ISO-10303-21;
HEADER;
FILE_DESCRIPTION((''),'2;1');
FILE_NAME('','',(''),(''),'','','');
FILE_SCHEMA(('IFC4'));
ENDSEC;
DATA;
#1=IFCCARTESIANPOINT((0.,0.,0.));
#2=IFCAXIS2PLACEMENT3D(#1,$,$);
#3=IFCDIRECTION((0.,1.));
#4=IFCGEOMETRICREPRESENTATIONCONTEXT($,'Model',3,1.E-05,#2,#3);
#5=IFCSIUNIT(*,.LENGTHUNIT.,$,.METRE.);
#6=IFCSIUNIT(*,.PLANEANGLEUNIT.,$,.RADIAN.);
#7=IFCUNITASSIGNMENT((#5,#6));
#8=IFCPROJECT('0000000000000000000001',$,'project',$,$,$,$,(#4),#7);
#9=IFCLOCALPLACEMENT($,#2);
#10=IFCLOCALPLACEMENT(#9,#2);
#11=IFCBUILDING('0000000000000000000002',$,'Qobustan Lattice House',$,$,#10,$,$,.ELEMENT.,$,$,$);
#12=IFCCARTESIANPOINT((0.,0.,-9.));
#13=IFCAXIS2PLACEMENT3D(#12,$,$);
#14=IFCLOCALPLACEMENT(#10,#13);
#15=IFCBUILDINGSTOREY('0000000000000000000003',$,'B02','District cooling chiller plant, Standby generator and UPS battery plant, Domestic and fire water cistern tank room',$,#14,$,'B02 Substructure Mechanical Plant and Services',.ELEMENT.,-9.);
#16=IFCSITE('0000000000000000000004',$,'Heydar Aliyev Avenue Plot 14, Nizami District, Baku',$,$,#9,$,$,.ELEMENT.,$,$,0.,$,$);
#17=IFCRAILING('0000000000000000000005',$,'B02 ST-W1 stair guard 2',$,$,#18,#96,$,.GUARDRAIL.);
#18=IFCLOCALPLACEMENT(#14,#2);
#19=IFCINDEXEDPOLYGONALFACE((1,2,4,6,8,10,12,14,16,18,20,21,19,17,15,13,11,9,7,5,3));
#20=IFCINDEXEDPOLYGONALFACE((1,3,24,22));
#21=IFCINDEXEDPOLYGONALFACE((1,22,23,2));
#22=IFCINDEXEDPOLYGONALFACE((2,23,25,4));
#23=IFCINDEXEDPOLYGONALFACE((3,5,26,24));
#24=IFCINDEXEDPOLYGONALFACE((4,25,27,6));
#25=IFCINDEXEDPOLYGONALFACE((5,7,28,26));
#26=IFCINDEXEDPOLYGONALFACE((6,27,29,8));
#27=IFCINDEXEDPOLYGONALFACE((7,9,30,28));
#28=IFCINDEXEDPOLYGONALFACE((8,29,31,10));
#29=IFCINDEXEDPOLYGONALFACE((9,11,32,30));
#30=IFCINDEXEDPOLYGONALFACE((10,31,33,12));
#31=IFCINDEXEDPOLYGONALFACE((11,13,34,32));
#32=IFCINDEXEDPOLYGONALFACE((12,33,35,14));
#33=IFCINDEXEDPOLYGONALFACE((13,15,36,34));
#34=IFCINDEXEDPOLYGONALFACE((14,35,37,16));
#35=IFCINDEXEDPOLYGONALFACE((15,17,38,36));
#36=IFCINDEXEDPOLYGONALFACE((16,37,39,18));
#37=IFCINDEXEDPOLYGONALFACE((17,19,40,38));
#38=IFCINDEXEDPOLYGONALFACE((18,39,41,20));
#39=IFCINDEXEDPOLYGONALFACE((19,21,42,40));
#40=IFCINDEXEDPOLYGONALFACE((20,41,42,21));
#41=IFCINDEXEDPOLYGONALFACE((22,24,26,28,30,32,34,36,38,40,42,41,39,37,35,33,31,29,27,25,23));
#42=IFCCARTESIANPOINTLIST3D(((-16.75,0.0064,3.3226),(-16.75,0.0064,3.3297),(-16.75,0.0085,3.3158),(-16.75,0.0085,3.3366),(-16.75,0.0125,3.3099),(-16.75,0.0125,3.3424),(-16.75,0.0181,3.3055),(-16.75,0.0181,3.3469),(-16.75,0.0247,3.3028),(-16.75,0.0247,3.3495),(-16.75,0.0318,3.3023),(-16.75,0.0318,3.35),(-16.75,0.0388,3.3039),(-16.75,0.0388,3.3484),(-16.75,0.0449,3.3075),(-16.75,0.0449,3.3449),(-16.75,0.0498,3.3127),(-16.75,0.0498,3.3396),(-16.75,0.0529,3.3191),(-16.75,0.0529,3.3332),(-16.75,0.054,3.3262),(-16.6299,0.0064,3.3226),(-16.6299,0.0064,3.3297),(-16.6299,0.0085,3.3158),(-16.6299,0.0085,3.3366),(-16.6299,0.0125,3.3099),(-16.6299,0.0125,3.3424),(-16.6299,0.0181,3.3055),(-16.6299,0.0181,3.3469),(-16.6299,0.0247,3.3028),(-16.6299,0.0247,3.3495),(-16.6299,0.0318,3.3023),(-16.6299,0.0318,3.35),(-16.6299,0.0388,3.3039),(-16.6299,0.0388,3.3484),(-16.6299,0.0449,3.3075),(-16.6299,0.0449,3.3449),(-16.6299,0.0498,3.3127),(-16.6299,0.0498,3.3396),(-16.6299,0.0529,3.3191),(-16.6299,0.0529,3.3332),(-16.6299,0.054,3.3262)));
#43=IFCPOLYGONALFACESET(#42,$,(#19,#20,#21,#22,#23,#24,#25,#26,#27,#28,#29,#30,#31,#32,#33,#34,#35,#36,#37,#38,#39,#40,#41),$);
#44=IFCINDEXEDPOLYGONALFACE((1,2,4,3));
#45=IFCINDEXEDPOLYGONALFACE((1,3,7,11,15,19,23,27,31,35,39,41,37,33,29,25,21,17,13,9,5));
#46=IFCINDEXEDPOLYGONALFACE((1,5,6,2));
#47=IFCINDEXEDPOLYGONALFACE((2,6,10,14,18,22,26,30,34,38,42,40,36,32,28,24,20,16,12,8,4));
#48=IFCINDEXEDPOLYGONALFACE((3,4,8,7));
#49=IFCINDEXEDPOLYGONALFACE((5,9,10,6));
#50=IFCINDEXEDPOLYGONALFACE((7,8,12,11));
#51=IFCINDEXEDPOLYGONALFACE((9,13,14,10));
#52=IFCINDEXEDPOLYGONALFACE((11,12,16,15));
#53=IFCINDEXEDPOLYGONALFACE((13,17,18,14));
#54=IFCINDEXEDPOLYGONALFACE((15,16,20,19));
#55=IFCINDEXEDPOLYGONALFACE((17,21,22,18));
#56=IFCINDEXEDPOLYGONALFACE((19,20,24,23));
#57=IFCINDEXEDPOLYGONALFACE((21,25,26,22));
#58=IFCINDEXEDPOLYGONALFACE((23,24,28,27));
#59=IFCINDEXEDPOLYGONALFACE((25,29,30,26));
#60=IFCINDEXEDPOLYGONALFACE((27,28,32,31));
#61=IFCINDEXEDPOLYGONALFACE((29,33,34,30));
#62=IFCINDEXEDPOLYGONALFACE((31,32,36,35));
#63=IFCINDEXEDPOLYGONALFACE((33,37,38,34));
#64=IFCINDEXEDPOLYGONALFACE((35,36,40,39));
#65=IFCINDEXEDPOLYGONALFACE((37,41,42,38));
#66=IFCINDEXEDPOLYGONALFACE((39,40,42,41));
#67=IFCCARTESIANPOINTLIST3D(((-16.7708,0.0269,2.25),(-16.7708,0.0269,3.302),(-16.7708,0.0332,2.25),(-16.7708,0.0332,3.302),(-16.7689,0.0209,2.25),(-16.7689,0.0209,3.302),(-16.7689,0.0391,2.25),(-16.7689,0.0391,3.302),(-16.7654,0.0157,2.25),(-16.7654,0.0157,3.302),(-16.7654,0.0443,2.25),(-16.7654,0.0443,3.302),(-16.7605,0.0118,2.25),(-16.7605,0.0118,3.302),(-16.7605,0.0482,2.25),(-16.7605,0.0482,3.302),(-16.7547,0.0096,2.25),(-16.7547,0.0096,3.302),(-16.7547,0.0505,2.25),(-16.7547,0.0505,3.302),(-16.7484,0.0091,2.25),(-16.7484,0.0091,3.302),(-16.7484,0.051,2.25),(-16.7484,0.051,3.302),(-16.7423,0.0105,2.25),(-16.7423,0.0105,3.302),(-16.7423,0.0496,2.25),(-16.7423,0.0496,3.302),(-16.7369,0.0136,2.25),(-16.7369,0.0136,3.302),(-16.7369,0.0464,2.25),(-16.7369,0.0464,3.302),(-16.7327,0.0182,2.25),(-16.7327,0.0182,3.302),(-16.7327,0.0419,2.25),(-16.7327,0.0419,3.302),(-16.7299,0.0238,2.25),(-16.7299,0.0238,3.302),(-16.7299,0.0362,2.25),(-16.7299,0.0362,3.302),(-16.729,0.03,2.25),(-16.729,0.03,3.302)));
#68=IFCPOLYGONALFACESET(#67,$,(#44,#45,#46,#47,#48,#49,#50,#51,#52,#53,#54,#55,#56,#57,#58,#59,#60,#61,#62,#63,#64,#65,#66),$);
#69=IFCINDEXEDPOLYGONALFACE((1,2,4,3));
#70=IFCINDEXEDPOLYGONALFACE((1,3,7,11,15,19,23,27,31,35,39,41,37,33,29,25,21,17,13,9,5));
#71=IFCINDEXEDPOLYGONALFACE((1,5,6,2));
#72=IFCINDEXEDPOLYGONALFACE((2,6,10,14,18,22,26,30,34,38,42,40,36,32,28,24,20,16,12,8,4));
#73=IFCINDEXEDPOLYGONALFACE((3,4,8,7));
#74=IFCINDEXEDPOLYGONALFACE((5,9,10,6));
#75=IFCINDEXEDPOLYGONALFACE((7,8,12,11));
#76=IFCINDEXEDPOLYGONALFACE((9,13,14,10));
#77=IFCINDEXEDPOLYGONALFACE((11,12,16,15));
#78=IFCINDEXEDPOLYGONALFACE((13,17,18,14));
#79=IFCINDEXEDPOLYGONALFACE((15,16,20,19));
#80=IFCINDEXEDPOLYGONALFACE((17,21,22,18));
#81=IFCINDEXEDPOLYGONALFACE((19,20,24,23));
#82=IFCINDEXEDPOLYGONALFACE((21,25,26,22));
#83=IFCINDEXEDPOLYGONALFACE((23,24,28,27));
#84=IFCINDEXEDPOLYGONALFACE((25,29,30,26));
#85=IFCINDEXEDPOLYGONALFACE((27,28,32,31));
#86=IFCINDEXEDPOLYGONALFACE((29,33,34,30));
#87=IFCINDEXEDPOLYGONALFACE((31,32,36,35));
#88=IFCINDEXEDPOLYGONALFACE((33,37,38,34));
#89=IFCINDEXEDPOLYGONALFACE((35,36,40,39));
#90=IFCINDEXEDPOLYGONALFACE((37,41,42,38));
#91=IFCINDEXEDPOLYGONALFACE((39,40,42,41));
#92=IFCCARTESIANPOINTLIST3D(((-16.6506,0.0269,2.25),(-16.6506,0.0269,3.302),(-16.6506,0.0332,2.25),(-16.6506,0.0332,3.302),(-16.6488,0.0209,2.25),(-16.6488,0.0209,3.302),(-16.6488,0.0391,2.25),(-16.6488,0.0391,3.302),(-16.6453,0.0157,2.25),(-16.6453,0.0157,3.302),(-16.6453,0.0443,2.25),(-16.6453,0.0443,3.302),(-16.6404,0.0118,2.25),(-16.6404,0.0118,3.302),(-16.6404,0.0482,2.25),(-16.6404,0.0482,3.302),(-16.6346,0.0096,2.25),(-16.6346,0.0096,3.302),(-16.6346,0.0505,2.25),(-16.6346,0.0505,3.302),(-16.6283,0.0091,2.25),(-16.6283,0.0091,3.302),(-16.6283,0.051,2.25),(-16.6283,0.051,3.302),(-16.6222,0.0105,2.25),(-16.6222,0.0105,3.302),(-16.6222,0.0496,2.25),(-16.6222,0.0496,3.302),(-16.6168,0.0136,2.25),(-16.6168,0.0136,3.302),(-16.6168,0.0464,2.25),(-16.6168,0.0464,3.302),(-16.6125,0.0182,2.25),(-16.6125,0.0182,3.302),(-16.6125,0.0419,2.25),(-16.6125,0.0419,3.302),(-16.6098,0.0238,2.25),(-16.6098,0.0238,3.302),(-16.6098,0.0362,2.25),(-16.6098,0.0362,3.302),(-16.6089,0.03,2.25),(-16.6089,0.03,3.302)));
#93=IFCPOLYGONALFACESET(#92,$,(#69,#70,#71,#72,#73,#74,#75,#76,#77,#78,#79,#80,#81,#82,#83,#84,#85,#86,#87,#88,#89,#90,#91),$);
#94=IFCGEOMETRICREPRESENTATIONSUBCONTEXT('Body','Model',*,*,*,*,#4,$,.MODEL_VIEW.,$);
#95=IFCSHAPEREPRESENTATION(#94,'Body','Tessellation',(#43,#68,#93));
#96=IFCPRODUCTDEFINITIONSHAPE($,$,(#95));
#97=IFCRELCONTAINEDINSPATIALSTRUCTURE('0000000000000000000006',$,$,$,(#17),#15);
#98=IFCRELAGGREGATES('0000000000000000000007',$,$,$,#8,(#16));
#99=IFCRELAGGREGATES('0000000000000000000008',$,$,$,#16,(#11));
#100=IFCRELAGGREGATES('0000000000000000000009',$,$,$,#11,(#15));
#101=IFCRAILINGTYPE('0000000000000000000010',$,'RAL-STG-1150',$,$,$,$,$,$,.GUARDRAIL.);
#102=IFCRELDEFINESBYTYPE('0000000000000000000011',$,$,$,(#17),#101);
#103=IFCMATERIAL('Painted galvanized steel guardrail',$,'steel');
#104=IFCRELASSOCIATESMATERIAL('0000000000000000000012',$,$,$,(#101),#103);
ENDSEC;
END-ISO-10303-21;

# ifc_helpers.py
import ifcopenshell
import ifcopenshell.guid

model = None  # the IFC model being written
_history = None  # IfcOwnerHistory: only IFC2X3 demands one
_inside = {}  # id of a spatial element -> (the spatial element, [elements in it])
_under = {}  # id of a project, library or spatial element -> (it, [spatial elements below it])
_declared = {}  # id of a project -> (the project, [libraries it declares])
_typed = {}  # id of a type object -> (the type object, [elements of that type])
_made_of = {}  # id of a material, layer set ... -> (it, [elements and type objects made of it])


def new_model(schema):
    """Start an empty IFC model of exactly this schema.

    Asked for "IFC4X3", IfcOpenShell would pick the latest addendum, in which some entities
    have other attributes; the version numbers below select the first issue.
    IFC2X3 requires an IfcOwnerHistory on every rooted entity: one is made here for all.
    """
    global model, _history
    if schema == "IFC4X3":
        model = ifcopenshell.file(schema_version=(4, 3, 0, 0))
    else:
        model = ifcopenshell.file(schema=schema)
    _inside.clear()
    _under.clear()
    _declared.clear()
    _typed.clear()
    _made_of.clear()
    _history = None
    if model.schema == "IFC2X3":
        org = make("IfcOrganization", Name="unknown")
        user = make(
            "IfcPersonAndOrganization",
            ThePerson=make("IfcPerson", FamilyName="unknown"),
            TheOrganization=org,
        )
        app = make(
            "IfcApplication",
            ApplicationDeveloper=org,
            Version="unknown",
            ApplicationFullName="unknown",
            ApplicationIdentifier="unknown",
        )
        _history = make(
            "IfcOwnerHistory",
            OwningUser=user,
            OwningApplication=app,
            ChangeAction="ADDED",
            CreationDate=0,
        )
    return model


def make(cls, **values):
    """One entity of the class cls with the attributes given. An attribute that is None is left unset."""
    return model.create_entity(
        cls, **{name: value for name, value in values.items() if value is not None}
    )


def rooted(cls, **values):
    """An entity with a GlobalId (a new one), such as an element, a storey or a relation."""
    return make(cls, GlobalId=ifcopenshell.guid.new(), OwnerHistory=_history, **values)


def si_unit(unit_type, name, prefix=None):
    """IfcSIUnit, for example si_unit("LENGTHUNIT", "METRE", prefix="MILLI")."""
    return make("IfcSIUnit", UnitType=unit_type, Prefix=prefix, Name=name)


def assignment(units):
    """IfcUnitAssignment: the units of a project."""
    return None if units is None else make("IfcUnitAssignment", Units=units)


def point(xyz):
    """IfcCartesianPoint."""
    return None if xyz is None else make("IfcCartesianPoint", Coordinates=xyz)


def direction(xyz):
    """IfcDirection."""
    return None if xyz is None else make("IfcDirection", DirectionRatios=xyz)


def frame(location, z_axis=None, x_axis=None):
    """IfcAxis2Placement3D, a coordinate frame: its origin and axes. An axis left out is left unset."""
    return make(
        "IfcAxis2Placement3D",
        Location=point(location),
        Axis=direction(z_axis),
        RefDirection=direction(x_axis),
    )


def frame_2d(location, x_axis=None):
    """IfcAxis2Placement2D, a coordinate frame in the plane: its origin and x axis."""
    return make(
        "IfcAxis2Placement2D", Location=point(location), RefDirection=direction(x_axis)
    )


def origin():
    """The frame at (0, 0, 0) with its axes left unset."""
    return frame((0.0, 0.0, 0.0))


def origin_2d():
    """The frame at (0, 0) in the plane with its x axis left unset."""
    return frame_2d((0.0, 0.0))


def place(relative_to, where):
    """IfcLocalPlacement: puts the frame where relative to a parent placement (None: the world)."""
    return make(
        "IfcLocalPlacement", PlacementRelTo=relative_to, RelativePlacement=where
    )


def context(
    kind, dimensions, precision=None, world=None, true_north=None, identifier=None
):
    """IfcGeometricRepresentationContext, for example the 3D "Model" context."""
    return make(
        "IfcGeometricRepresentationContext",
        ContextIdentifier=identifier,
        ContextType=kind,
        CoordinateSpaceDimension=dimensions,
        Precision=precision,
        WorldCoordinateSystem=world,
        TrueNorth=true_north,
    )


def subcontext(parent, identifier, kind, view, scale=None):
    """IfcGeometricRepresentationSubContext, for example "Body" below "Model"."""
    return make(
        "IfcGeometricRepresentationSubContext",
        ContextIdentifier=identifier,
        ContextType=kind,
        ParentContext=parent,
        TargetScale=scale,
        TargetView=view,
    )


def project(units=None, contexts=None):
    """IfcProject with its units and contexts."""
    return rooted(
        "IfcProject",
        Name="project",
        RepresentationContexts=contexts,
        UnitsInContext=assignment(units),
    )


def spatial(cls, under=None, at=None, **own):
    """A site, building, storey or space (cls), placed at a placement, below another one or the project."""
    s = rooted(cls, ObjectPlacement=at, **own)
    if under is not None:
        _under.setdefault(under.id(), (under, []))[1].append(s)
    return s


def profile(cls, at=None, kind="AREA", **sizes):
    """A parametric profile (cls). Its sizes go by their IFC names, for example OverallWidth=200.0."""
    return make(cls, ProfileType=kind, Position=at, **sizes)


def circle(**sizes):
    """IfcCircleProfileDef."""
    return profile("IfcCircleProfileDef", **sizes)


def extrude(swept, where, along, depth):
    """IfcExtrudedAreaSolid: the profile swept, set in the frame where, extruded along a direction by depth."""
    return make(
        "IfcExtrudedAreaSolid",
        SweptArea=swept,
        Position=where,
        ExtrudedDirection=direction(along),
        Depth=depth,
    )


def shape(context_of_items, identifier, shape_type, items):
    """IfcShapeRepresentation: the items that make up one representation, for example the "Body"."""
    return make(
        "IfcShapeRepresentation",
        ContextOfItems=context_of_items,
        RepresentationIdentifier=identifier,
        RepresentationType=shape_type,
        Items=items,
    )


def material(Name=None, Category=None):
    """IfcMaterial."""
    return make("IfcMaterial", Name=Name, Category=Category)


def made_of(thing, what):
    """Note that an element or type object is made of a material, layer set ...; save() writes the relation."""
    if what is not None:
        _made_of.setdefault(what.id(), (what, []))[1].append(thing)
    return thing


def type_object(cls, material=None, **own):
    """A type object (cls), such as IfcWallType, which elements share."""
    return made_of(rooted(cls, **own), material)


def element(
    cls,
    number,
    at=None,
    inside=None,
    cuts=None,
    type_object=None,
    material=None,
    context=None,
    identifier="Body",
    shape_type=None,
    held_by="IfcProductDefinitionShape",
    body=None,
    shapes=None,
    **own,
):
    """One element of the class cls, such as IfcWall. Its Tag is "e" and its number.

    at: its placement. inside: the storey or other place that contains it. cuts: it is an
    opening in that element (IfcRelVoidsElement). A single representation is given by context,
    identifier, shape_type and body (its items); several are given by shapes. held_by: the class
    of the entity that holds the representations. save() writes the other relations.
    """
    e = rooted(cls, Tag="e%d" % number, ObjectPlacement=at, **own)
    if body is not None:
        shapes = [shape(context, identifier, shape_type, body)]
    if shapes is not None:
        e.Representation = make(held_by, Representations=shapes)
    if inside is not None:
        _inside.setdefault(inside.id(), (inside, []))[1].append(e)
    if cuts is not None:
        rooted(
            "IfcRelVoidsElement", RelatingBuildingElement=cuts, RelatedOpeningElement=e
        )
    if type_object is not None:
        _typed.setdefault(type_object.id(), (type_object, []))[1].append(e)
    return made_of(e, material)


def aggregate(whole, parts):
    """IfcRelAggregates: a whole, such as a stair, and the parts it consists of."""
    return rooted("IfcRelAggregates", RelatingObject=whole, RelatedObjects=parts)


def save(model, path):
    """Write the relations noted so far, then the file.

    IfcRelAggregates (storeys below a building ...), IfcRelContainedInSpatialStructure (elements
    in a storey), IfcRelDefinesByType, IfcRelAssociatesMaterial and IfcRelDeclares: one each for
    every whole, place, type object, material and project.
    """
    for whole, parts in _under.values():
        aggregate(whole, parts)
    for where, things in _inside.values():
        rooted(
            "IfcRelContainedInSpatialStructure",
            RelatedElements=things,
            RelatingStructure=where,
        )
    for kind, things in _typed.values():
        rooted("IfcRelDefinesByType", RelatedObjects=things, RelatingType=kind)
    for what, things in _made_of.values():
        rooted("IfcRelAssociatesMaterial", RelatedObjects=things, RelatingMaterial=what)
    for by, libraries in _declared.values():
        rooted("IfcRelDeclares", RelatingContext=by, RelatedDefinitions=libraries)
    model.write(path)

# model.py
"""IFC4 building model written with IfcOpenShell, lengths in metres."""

from ifc_helpers import new_model, si_unit, direction, frame, origin, origin_2d, place, context, subcontext, project, spatial, circle, extrude, material, type_object, element, save


model = new_model("IFC4")

# Units and contexts
model_context = context("Model", 3, precision=1e-05, world=origin(), true_north=direction((0.0, 1.0)))
body_context = subcontext(model_context, "Body", "Model", "MODEL_VIEW")
ifc_project = project(units=[si_unit("LENGTHUNIT", "METRE"), si_unit("PLANEANGLEUNIT", "RADIAN")], contexts=[model_context])

# Site, building, storey
site_placement = place(None, origin())
site = spatial("IfcSite", under=ifc_project, at=site_placement, Name="Heydar Aliyev Avenue Plot 14, Nizami District, Baku", CompositionType="ELEMENT", RefElevation=0.0)
building_placement = place(site_placement, origin())
building = spatial("IfcBuilding", under=site, at=building_placement, Name="Qobustan Lattice House", CompositionType="ELEMENT")
storey_placement = place(building_placement, frame((0.0, 0.0, -9.0)))
storey = spatial("IfcBuildingStorey", under=building, at=storey_placement, Name="B02", Description="District cooling chiller plant, Standby generator and UPS battery plant, Domestic and fire water cistern tank room", LongName="B02 Substructure Mechanical Plant and Services", CompositionType="ELEMENT", Elevation=-9.0)

# Railing
ifc_material_1 = material(Name="Painted galvanized steel guardrail", Category="steel")
railing_type_1 = type_object("IfcRailingType", Name="RAL-STG-1150", PredefinedType="GUARDRAIL", material=ifc_material_1)
railing_1_placement = place(storey_placement, frame((-16.75, 0.03, 2.25)))
element("IfcRailing", 1, at=railing_1_placement, inside=storey, type_object=railing_type_1, Name="B02 ST-W1 stair guard 2", PredefinedType="GUARDRAIL", context=body_context, shape_type="SweptSolid", body=[
    extrude(circle(Radius=0.0239, at=origin_2d()), frame((0.0, 0.0, 1.0762), z_axis=(1.0, 0.0, 0.0), x_axis=(0.0, 1.0, 0.0)), (0.0, 0.0, 1.0), 0.1201),
    extrude(circle(Radius=0.021, at=origin_2d()), origin(), (0.0, 0.0, 1.0), 1.052),
    extrude(circle(Radius=0.021, at=origin_2d()), frame((0.1201, 0.0, 0.0)), (0.0, 0.0, 1.0), 1.052),
])

save(model, "model.ifc")
